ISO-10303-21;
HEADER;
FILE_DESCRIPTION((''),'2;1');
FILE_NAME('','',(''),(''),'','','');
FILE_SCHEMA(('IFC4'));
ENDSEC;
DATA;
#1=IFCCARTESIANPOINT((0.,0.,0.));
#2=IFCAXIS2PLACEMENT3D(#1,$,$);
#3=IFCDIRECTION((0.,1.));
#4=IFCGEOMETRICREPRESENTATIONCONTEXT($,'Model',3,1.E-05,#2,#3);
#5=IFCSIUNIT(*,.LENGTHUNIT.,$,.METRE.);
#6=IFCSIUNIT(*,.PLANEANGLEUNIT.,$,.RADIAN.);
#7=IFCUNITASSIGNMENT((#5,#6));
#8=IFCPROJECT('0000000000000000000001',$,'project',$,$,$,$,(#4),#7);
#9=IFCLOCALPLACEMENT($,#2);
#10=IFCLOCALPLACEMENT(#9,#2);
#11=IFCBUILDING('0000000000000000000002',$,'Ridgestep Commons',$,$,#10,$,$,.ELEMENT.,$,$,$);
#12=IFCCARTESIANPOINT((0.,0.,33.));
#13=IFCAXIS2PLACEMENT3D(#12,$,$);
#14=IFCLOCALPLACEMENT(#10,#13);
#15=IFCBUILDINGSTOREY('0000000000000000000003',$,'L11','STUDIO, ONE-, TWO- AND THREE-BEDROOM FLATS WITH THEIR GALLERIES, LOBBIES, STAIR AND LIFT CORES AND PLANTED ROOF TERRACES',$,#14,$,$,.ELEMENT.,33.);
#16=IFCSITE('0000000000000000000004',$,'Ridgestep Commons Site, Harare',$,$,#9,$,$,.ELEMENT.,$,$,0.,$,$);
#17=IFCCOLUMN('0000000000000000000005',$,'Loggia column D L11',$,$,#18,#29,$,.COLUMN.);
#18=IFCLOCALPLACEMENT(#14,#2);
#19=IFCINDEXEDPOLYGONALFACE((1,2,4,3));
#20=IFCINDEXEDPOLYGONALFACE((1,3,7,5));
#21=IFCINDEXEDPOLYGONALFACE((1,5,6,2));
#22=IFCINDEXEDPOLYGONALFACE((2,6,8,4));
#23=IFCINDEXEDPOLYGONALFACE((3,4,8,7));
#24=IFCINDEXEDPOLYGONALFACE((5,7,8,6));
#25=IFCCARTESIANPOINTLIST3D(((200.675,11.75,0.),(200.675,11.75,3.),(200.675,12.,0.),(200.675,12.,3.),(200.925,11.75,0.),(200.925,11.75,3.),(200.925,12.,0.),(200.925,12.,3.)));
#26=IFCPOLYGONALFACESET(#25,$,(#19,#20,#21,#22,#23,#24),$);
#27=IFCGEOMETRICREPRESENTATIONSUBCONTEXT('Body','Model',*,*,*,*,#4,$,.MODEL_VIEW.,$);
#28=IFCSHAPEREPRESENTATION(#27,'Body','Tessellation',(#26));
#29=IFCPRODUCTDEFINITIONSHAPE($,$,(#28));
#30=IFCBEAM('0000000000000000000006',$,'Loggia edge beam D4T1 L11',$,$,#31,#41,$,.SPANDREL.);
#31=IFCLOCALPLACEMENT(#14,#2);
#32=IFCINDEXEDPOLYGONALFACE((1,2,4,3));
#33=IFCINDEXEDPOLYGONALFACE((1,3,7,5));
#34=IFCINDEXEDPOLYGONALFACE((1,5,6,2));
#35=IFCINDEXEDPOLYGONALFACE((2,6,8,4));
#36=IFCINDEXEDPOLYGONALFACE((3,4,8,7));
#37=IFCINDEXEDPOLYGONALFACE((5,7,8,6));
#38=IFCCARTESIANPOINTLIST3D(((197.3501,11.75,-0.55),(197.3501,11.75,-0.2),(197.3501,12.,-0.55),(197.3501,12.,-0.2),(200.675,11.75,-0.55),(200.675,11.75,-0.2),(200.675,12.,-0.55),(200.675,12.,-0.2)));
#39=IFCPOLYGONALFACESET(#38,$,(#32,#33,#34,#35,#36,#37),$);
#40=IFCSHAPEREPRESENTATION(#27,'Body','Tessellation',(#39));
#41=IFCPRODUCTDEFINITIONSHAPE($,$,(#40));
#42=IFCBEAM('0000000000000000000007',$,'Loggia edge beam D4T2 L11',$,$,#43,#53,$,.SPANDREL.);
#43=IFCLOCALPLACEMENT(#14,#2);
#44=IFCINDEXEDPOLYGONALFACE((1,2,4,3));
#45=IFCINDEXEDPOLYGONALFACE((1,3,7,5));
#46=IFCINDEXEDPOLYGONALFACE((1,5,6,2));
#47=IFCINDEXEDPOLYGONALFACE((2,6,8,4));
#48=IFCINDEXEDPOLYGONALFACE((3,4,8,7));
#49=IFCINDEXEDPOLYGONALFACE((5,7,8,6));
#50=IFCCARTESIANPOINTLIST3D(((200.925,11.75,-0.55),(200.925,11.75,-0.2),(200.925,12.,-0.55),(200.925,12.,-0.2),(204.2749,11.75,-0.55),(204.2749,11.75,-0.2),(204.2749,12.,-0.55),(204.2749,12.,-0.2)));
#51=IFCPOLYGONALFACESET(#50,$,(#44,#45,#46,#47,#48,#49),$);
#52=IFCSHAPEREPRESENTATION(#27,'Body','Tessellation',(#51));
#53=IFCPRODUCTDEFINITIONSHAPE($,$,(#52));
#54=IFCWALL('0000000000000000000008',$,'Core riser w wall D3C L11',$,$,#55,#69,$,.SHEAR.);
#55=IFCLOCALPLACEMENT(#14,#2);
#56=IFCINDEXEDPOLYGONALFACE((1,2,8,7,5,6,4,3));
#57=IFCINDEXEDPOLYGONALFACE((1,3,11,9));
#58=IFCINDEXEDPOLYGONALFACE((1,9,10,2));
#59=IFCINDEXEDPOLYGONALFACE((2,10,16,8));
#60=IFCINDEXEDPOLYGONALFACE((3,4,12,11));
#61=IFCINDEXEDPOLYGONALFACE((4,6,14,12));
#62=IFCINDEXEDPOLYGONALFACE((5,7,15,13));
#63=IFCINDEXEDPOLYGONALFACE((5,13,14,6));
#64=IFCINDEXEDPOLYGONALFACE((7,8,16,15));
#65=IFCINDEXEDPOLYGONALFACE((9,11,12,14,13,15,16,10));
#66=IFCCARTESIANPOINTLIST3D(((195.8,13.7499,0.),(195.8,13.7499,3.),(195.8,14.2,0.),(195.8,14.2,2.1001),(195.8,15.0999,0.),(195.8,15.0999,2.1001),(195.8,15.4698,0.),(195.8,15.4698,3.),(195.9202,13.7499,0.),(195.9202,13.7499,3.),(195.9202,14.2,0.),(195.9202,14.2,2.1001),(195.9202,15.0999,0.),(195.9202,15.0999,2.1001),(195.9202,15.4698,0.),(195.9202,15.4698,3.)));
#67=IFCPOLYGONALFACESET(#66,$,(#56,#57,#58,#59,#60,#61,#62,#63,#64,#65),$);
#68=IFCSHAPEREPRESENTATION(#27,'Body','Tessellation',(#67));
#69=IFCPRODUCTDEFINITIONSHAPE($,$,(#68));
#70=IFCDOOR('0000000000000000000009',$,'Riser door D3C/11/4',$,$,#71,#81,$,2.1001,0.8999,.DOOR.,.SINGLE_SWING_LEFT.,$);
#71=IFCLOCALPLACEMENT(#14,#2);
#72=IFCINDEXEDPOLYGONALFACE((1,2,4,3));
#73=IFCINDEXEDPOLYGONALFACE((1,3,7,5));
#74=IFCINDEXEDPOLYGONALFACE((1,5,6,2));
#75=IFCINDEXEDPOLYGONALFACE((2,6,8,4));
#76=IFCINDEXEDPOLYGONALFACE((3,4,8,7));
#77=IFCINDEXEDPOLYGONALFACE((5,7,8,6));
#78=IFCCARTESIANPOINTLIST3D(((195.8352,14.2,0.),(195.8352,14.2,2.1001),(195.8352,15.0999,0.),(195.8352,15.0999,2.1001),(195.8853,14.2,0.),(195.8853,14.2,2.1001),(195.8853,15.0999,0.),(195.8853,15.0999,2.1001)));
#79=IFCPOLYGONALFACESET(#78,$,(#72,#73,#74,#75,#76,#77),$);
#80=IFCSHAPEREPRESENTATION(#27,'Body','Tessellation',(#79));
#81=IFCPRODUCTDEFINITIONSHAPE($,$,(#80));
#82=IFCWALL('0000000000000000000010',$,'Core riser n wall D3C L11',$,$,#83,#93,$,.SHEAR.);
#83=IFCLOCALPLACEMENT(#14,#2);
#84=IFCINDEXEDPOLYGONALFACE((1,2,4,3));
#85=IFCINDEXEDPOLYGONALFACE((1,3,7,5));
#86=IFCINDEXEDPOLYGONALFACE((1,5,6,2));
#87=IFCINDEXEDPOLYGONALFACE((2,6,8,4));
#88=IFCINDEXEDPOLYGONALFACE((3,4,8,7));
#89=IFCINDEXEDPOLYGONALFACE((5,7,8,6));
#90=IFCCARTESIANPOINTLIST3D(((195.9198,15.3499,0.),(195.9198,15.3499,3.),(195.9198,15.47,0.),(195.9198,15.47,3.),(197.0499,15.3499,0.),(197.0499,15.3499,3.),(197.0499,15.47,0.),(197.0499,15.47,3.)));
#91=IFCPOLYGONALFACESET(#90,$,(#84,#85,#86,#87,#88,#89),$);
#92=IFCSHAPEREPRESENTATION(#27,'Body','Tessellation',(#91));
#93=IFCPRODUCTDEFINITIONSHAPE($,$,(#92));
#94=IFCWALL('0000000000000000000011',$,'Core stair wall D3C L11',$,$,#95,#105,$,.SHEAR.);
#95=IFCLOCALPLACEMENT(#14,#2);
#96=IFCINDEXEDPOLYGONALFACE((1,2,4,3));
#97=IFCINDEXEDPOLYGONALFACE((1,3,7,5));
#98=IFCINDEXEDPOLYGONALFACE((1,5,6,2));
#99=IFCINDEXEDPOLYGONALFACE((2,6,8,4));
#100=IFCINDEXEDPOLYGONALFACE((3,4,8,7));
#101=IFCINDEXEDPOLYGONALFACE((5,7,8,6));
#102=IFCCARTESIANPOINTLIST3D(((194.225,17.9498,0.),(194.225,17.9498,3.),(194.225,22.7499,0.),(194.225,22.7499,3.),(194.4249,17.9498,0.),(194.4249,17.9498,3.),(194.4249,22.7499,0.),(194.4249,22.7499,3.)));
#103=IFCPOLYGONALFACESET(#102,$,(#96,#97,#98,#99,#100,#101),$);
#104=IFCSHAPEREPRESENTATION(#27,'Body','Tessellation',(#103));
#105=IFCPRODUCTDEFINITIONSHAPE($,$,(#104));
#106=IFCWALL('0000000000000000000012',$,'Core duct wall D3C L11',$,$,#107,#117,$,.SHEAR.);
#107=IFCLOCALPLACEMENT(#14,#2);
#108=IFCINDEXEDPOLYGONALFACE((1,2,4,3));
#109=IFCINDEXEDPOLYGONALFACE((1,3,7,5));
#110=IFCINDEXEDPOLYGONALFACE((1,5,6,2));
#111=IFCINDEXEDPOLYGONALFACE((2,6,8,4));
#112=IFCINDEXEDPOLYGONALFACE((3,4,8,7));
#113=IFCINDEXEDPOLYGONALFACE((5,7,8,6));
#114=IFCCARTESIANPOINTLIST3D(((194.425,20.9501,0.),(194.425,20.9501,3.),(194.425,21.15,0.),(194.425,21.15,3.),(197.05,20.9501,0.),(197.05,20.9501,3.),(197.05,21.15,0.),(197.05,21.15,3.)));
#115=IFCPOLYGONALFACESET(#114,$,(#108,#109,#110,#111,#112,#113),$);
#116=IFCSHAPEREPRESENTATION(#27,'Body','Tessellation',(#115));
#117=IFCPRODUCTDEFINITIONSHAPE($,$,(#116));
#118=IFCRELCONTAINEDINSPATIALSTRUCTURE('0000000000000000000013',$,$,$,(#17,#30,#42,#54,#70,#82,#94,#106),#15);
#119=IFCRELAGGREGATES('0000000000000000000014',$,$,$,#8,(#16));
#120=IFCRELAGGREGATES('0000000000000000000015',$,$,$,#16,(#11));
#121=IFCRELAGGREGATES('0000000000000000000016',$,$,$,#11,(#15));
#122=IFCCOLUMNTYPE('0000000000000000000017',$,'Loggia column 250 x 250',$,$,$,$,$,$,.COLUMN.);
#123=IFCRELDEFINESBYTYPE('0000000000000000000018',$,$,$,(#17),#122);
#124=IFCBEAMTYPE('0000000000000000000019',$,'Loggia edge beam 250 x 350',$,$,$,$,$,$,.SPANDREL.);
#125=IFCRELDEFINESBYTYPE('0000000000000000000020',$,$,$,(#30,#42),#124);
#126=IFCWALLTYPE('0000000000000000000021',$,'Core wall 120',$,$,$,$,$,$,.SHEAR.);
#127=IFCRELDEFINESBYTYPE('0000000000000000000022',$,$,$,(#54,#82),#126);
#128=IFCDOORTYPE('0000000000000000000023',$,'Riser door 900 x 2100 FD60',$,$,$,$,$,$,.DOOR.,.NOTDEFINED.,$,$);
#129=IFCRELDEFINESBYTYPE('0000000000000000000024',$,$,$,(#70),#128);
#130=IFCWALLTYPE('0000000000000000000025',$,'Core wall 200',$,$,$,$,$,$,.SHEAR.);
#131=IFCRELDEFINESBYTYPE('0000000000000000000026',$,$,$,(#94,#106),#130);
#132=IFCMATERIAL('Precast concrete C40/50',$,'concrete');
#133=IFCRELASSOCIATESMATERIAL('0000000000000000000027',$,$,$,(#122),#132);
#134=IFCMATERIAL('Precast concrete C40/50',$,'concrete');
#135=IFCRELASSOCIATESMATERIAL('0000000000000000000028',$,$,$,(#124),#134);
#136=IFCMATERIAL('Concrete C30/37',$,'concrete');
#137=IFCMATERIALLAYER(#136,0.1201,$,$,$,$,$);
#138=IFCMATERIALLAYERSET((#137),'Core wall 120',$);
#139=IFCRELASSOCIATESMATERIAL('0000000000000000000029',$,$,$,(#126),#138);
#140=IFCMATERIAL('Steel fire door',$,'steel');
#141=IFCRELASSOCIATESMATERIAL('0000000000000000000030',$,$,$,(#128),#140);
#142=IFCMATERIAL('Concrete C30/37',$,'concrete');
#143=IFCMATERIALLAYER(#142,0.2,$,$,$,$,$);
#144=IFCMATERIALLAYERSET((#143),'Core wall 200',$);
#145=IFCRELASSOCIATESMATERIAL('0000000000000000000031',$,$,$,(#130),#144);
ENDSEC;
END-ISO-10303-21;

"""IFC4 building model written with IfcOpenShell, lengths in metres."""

from ifc_helpers import new_model, si_unit, direction, frame, frame_2d, origin, origin_2d, place, context, subcontext, project, spatial, rectangle, extrude, material, layer, layer_set, material_profile, profile_set, type_object, element, fill, save


model = new_model("IFC4")

# Units and contexts
model_context = context("Model", 3, precision=1e-05, world=origin(), true_north=direction((0.0, 1.0)))
body_context = subcontext(model_context, "Body", "Model", "MODEL_VIEW")
ifc_project = project(units=[si_unit("LENGTHUNIT", "METRE"), si_unit("PLANEANGLEUNIT", "RADIAN")], contexts=[model_context])

# Site, building, storey
site_placement = place(None, origin())
site = spatial("IfcSite", under=ifc_project, at=site_placement, Name="Ridgestep Commons Site, Harare", CompositionType="ELEMENT", RefElevation=0.0)
building_placement = place(site_placement, origin())
building = spatial("IfcBuilding", under=site, at=building_placement, Name="Ridgestep Commons", CompositionType="ELEMENT")
storey_placement = place(building_placement, frame((0.0, 0.0, 33.0)))
storey = spatial("IfcBuildingStorey", under=building, at=storey_placement, Name="L11", Description="STUDIO, ONE-, TWO- AND THREE-BEDROOM FLATS WITH THEIR GALLERIES, LOBBIES, STAIR AND LIFT CORES AND PLANTED ROOF TERRACES", CompositionType="ELEMENT", Elevation=33.0)

# Column
ifc_material_1 = material(Name="Precast concrete C40/50", Category="concrete")
ifc_material_profile_1 = material_profile(ifc_material_1, rectangle(XDim=0.25, YDim=0.25, at=origin_2d()), Name="PC 250x250")
ifc_profile_set_1 = profile_set([ifc_material_profile_1], Name="Precast concrete C40/50")
column_type = type_object("IfcColumnType", Name="Loggia column 250 x 250", PredefinedType="COLUMN", material=ifc_profile_set_1)
column_placement = place(storey_placement, frame((200.8, 11.875, 0.0), z_axis=(0.0, 0.0, 1.0), x_axis=(1.0, 0.0, 0.0)))
element("IfcColumn", 1, at=column_placement, inside=storey, type_object=column_type, Name="Loggia column D L11", PredefinedType="COLUMN", context=body_context, shape_type="SweptSolid", body=[
    extrude(rectangle(XDim=0.25, YDim=0.25, at=origin_2d()), origin(), (0.0, 0.0, 1.0), 3.0),
])

# Beams
ifc_material_2 = material(Name="Precast concrete C40/50", Category="concrete")
ifc_material_profile_2 = material_profile(ifc_material_2, rectangle(XDim=0.25, YDim=0.3501, at=origin_2d()), Name="PC 250x350")
ifc_profile_set_2 = profile_set([ifc_material_profile_2], Name="Precast concrete C40/50")
beam_type = type_object("IfcBeamType", Name="Loggia edge beam 250 x 350", PredefinedType="SPANDREL", material=ifc_profile_set_2)
beam_1_placement = place(storey_placement, frame((197.3501, 11.875, -0.375), z_axis=(1.0, 0.0, 0.0), x_axis=(0.0, 1.0, 0.0)))
element("IfcBeam", 2, at=beam_1_placement, inside=storey, type_object=beam_type, Name="Loggia edge beam D4T1 L11", PredefinedType="SPANDREL", context=body_context, shape_type="SweptSolid", body=[
    extrude(rectangle(XDim=0.25, YDim=0.3501, at=origin_2d()), origin(), (0.0, 0.0, 1.0), 3.325),
])
beam_2_placement = place(storey_placement, frame((200.925, 11.875, -0.375), z_axis=(1.0, 0.0, 0.0), x_axis=(0.0, 1.0, 0.0)))
element("IfcBeam", 3, at=beam_2_placement, inside=storey, type_object=beam_type, Name="Loggia edge beam D4T2 L11", PredefinedType="SPANDREL", context=body_context, shape_type="SweptSolid", body=[
    extrude(rectangle(XDim=0.25, YDim=0.3501, at=origin_2d()), origin(), (0.0, 0.0, 1.0), 3.3499),
])

# Wall, opening, door
ifc_material_3 = material(Name="Concrete C30/37", Category="concrete")
ifc_layer_1 = layer(ifc_material_3, 0.1201)
ifc_layer_set_1 = layer_set([ifc_layer_1], Name="Core wall 120")
wall_type_1 = type_object("IfcWallType", Name="Core wall 120", PredefinedType="SHEAR", material=ifc_layer_set_1)
wall_1_placement = place(storey_placement, frame((195.8601, 13.75, 0.0), z_axis=(0.0, 0.0, 1.0), x_axis=(0.0, 1.0, 0.0)))
wall_1 = element("IfcWall", 4, at=wall_1_placement, inside=storey, type_object=wall_type_1, Name="Core riser w wall D3C L11", PredefinedType="SHEAR", context=body_context, shape_type="SweptSolid", body=[
    extrude(rectangle(XDim=1.72, YDim=0.1201, at=frame_2d((0.8599, 0.0))), origin(), (0.0, 0.0, 1.0), 3.0),
])
opening_1_placement = place(wall_1_placement, frame((0.45, 0.0, 0.0)))
opening_1 = element("IfcOpeningElement", 5, at=opening_1_placement, cuts=wall_1, PredefinedType="OPENING", context=body_context, shape_type="SweptSolid", body=[
    extrude(rectangle(XDim=0.8999, YDim=2.1001, at=frame_2d((0.45, 1.05))), frame((0.0, 0.0701, 0.0), z_axis=(0.0, -1.0, 0.0), x_axis=(1.0, 0.0, 0.0)), (0.0, 0.0, 1.0), 0.1401),
])
ifc_material_4 = material(Name="Steel fire door", Category="steel")
door_type_1 = type_object("IfcDoorType", Name="Riser door 900 x 2100 FD60", OperationType="NOTDEFINED", PredefinedType="DOOR", material=ifc_material_4)
door_1_placement = place(opening_1_placement, origin())
door_1 = element("IfcDoor", 6, at=door_1_placement, inside=storey, type_object=door_type_1, Name="Riser door D3C/11/4", OperationType="SINGLE_SWING_LEFT", OverallHeight=2.1001, OverallWidth=0.8999, PredefinedType="DOOR", context=body_context, shape_type="SweptSolid", body=[
    extrude(rectangle(XDim=0.8999, YDim=2.1001, at=frame_2d((0.45, 1.05))), frame((0.0, 0.0249, 0.0), z_axis=(0.0, -1.0, 0.0), x_axis=(1.0, 0.0, 0.0)), (0.0, 0.0, 1.0), 0.05),
])
fill(opening_1, door_1)

# Walls
wall_2_placement = place(storey_placement, frame((195.9199, 15.4099, 0.0), z_axis=(0.0, 0.0, 1.0), x_axis=(1.0, 0.0, 0.0)))
element("IfcWall", 7, at=wall_2_placement, inside=storey, type_object=wall_type_1, Name="Core riser n wall D3C L11", PredefinedType="SHEAR", context=body_context, shape_type="SweptSolid", body=[
    extrude(rectangle(XDim=1.1301, YDim=0.1201, at=frame_2d((0.5649, 0.0))), origin(), (0.0, 0.0, 1.0), 3.0),
])
ifc_material_5 = material(Name="Concrete C30/37", Category="concrete")
ifc_layer_2 = layer(ifc_material_5, 0.2)
ifc_layer_set_2 = layer_set([ifc_layer_2], Name="Core wall 200")
wall_type_2 = type_object("IfcWallType", Name="Core wall 200", PredefinedType="SHEAR", material=ifc_layer_set_2)
wall_3_placement = place(storey_placement, frame((194.325, 17.95, 0.0), z_axis=(0.0, 0.0, 1.0), x_axis=(0.0, 1.0, 0.0)))
element("IfcWall", 8, at=wall_3_placement, inside=storey, type_object=wall_type_2, Name="Core stair wall D3C L11", PredefinedType="SHEAR", context=body_context, shape_type="SweptSolid", body=[
    extrude(rectangle(XDim=4.8, YDim=0.2, at=frame_2d((2.3999, 0.0))), origin(), (0.0, 0.0, 1.0), 3.0),
])
wall_4_placement = place(storey_placement, frame((194.425, 21.05, 0.0), z_axis=(0.0, 0.0, 1.0), x_axis=(1.0, 0.0, 0.0)))
element("IfcWall", 9, at=wall_4_placement, inside=storey, type_object=wall_type_2, Name="Core duct wall D3C L11", PredefinedType="SHEAR", context=body_context, shape_type="SweptSolid", body=[
    extrude(rectangle(XDim=2.625, YDim=0.2, at=frame_2d((1.3125, 0.0))), origin(), (0.0, 0.0, 1.0), 3.0),
])

save(model, "model.ifc")
